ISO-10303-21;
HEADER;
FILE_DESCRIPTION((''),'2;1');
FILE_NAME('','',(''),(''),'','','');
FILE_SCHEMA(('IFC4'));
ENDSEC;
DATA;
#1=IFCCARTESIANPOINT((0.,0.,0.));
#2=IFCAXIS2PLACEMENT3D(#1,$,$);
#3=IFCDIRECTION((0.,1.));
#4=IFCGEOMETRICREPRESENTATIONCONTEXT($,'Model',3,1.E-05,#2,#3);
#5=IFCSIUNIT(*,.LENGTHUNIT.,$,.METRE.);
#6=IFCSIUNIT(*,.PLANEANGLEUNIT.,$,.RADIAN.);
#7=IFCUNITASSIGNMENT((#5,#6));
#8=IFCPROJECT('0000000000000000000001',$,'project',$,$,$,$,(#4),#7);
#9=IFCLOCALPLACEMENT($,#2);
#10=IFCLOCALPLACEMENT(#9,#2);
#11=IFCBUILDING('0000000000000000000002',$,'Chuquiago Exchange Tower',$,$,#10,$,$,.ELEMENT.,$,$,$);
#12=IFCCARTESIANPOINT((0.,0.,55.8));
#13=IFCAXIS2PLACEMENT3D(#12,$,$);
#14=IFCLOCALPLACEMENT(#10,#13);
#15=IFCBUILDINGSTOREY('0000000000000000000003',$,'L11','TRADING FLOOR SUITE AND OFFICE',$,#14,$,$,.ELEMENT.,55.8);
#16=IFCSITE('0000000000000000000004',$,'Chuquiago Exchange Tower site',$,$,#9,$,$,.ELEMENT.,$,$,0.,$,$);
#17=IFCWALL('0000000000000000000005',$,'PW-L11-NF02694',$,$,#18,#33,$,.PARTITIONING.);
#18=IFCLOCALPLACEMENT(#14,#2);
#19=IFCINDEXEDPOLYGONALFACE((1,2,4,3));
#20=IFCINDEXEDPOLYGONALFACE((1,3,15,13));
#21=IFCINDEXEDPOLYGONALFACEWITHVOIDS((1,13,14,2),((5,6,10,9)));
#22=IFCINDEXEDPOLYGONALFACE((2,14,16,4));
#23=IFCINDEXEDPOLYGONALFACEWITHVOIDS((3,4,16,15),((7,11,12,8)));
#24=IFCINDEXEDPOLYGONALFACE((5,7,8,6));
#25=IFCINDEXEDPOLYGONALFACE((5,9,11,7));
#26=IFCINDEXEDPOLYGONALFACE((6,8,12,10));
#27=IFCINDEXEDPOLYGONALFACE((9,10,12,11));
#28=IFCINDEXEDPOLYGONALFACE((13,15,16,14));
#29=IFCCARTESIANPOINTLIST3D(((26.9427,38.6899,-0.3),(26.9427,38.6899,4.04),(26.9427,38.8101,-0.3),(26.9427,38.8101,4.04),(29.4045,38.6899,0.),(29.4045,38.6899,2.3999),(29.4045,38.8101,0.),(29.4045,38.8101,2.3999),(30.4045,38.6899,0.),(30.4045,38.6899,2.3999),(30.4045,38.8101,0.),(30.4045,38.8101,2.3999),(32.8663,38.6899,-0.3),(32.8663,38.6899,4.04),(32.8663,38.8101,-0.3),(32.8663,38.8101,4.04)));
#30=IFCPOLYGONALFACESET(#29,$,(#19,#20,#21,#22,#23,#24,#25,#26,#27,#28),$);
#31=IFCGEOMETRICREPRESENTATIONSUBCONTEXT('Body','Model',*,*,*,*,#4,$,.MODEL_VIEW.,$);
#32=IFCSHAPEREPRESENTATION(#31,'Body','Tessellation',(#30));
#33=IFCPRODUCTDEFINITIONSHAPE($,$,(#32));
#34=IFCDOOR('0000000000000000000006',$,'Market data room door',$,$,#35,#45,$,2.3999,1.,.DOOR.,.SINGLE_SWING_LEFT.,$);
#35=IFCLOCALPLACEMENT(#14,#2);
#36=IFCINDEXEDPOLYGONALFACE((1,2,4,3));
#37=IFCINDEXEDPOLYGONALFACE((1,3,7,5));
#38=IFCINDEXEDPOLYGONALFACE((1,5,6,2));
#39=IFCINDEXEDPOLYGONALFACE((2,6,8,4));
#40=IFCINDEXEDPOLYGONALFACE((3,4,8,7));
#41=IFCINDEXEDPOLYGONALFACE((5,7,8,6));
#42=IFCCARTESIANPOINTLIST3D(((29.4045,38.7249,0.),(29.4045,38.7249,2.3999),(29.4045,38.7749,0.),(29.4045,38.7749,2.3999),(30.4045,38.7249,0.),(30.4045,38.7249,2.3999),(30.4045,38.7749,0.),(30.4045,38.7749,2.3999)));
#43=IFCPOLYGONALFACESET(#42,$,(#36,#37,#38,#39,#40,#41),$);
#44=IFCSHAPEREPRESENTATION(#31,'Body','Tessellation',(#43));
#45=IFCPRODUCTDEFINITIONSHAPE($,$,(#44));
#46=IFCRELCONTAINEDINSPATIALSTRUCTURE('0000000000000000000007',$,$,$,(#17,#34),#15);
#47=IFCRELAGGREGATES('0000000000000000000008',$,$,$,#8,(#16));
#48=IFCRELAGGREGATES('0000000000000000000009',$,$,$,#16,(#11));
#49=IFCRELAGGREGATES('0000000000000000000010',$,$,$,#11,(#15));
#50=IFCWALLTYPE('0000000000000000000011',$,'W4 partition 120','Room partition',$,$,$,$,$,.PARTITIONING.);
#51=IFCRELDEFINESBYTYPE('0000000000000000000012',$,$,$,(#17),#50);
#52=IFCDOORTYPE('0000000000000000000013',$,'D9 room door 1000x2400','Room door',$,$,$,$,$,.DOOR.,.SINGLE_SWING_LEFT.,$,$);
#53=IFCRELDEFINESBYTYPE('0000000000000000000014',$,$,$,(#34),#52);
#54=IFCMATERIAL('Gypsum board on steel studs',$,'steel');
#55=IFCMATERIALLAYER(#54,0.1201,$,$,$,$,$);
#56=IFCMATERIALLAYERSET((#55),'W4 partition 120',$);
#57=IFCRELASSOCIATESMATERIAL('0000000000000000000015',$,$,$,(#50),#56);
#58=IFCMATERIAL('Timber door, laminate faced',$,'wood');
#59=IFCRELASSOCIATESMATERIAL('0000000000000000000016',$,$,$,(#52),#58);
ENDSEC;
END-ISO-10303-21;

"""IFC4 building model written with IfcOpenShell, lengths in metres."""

from ifc_helpers import new_model, si_unit, direction, frame, frame_2d, origin, place, context, subcontext, project, spatial, rectangle, extrude, material, layer, layer_set, type_object, element, fill, save


model = new_model("IFC4")

# Units and contexts
model_context = context("Model", 3, precision=1e-05, world=origin(), true_north=direction((0.0, 1.0)))
body_context = subcontext(model_context, "Body", "Model", "MODEL_VIEW")
ifc_project = project(units=[si_unit("LENGTHUNIT", "METRE"), si_unit("PLANEANGLEUNIT", "RADIAN")], contexts=[model_context])

# Site, building, storey
site_placement = place(None, origin())
site = spatial("IfcSite", under=ifc_project, at=site_placement, Name="Chuquiago Exchange Tower site", CompositionType="ELEMENT", RefElevation=0.0)
building_placement = place(site_placement, origin())
building = spatial("IfcBuilding", under=site, at=building_placement, Name="Chuquiago Exchange Tower", CompositionType="ELEMENT")
storey_placement = place(building_placement, frame((0.0, 0.0, 55.8)))
storey = spatial("IfcBuildingStorey", under=building, at=storey_placement, Name="L11", Description="TRADING FLOOR SUITE AND OFFICE", CompositionType="ELEMENT", Elevation=55.8)

# Shared definitions
ifc_material_1 = material(Name="Gypsum board on steel studs", Category="steel")
ifc_layer_1 = layer(ifc_material_1, 0.1201)
ifc_layer_set_1 = layer_set([ifc_layer_1], Name="W4 partition 120")
wall_type_1 = type_object("IfcWallType", Name="W4 partition 120", Description="Room partition", PredefinedType="PARTITIONING", material=ifc_layer_set_1)

# Wall, opening, door
ifc_material_2 = material(Name="Timber door, laminate faced", Category="wood")
door_type_1 = type_object("IfcDoorType", Name="D9 room door 1000x2400", Description="Room door", OperationType="SINGLE_SWING_LEFT", PredefinedType="DOOR", material=ifc_material_2)
wall_1_placement = place(storey_placement, frame((26.9426, 38.75, -0.3), z_axis=(0.0, 0.0, 1.0), x_axis=(1.0, 0.0, 0.0)))
wall_1 = element("IfcWall", 1, at=wall_1_placement, inside=storey, type_object=wall_type_1, Name="PW-L11-NF02694", PredefinedType="PARTITIONING", context=body_context, shape_type="SweptSolid", body=[
    extrude(rectangle(XDim=5.9236, YDim=0.1201, at=frame_2d((2.9619, 0.0))), origin(), (0.0, 0.0, 1.0), 4.3401),
])
opening_1_placement = place(wall_1_placement, frame((2.4619, 0.0, 0.3)))
opening_1 = element("IfcOpeningElement", 2, at=opening_1_placement, cuts=wall_1, PredefinedType="OPENING", context=body_context, shape_type="SweptSolid", body=[
    extrude(rectangle(XDim=1.0, YDim=2.3999, at=frame_2d((0.5, 1.2))), frame((0.0, 0.0701, 0.0), z_axis=(0.0, -1.0, 0.0), x_axis=(1.0, 0.0, 0.0)), (0.0, 0.0, 1.0), 0.1401),
])
door_1_placement = place(opening_1_placement, origin())
door_1 = element("IfcDoor", 3, at=door_1_placement, inside=storey, type_object=door_type_1, Name="Market data room door", OperationType="SINGLE_SWING_LEFT", OverallHeight=2.3999, OverallWidth=1.0, PredefinedType="DOOR", context=body_context, shape_type="SweptSolid", body=[
    extrude(rectangle(XDim=1.0, YDim=2.3999, at=frame_2d((0.5, 1.2))), frame((0.0, 0.0249, 0.0), z_axis=(0.0, -1.0, 0.0), x_axis=(1.0, 0.0, 0.0)), (0.0, 0.0, 1.0), 0.05),
])
fill(opening_1, door_1)

save(model, "model.ifc")
